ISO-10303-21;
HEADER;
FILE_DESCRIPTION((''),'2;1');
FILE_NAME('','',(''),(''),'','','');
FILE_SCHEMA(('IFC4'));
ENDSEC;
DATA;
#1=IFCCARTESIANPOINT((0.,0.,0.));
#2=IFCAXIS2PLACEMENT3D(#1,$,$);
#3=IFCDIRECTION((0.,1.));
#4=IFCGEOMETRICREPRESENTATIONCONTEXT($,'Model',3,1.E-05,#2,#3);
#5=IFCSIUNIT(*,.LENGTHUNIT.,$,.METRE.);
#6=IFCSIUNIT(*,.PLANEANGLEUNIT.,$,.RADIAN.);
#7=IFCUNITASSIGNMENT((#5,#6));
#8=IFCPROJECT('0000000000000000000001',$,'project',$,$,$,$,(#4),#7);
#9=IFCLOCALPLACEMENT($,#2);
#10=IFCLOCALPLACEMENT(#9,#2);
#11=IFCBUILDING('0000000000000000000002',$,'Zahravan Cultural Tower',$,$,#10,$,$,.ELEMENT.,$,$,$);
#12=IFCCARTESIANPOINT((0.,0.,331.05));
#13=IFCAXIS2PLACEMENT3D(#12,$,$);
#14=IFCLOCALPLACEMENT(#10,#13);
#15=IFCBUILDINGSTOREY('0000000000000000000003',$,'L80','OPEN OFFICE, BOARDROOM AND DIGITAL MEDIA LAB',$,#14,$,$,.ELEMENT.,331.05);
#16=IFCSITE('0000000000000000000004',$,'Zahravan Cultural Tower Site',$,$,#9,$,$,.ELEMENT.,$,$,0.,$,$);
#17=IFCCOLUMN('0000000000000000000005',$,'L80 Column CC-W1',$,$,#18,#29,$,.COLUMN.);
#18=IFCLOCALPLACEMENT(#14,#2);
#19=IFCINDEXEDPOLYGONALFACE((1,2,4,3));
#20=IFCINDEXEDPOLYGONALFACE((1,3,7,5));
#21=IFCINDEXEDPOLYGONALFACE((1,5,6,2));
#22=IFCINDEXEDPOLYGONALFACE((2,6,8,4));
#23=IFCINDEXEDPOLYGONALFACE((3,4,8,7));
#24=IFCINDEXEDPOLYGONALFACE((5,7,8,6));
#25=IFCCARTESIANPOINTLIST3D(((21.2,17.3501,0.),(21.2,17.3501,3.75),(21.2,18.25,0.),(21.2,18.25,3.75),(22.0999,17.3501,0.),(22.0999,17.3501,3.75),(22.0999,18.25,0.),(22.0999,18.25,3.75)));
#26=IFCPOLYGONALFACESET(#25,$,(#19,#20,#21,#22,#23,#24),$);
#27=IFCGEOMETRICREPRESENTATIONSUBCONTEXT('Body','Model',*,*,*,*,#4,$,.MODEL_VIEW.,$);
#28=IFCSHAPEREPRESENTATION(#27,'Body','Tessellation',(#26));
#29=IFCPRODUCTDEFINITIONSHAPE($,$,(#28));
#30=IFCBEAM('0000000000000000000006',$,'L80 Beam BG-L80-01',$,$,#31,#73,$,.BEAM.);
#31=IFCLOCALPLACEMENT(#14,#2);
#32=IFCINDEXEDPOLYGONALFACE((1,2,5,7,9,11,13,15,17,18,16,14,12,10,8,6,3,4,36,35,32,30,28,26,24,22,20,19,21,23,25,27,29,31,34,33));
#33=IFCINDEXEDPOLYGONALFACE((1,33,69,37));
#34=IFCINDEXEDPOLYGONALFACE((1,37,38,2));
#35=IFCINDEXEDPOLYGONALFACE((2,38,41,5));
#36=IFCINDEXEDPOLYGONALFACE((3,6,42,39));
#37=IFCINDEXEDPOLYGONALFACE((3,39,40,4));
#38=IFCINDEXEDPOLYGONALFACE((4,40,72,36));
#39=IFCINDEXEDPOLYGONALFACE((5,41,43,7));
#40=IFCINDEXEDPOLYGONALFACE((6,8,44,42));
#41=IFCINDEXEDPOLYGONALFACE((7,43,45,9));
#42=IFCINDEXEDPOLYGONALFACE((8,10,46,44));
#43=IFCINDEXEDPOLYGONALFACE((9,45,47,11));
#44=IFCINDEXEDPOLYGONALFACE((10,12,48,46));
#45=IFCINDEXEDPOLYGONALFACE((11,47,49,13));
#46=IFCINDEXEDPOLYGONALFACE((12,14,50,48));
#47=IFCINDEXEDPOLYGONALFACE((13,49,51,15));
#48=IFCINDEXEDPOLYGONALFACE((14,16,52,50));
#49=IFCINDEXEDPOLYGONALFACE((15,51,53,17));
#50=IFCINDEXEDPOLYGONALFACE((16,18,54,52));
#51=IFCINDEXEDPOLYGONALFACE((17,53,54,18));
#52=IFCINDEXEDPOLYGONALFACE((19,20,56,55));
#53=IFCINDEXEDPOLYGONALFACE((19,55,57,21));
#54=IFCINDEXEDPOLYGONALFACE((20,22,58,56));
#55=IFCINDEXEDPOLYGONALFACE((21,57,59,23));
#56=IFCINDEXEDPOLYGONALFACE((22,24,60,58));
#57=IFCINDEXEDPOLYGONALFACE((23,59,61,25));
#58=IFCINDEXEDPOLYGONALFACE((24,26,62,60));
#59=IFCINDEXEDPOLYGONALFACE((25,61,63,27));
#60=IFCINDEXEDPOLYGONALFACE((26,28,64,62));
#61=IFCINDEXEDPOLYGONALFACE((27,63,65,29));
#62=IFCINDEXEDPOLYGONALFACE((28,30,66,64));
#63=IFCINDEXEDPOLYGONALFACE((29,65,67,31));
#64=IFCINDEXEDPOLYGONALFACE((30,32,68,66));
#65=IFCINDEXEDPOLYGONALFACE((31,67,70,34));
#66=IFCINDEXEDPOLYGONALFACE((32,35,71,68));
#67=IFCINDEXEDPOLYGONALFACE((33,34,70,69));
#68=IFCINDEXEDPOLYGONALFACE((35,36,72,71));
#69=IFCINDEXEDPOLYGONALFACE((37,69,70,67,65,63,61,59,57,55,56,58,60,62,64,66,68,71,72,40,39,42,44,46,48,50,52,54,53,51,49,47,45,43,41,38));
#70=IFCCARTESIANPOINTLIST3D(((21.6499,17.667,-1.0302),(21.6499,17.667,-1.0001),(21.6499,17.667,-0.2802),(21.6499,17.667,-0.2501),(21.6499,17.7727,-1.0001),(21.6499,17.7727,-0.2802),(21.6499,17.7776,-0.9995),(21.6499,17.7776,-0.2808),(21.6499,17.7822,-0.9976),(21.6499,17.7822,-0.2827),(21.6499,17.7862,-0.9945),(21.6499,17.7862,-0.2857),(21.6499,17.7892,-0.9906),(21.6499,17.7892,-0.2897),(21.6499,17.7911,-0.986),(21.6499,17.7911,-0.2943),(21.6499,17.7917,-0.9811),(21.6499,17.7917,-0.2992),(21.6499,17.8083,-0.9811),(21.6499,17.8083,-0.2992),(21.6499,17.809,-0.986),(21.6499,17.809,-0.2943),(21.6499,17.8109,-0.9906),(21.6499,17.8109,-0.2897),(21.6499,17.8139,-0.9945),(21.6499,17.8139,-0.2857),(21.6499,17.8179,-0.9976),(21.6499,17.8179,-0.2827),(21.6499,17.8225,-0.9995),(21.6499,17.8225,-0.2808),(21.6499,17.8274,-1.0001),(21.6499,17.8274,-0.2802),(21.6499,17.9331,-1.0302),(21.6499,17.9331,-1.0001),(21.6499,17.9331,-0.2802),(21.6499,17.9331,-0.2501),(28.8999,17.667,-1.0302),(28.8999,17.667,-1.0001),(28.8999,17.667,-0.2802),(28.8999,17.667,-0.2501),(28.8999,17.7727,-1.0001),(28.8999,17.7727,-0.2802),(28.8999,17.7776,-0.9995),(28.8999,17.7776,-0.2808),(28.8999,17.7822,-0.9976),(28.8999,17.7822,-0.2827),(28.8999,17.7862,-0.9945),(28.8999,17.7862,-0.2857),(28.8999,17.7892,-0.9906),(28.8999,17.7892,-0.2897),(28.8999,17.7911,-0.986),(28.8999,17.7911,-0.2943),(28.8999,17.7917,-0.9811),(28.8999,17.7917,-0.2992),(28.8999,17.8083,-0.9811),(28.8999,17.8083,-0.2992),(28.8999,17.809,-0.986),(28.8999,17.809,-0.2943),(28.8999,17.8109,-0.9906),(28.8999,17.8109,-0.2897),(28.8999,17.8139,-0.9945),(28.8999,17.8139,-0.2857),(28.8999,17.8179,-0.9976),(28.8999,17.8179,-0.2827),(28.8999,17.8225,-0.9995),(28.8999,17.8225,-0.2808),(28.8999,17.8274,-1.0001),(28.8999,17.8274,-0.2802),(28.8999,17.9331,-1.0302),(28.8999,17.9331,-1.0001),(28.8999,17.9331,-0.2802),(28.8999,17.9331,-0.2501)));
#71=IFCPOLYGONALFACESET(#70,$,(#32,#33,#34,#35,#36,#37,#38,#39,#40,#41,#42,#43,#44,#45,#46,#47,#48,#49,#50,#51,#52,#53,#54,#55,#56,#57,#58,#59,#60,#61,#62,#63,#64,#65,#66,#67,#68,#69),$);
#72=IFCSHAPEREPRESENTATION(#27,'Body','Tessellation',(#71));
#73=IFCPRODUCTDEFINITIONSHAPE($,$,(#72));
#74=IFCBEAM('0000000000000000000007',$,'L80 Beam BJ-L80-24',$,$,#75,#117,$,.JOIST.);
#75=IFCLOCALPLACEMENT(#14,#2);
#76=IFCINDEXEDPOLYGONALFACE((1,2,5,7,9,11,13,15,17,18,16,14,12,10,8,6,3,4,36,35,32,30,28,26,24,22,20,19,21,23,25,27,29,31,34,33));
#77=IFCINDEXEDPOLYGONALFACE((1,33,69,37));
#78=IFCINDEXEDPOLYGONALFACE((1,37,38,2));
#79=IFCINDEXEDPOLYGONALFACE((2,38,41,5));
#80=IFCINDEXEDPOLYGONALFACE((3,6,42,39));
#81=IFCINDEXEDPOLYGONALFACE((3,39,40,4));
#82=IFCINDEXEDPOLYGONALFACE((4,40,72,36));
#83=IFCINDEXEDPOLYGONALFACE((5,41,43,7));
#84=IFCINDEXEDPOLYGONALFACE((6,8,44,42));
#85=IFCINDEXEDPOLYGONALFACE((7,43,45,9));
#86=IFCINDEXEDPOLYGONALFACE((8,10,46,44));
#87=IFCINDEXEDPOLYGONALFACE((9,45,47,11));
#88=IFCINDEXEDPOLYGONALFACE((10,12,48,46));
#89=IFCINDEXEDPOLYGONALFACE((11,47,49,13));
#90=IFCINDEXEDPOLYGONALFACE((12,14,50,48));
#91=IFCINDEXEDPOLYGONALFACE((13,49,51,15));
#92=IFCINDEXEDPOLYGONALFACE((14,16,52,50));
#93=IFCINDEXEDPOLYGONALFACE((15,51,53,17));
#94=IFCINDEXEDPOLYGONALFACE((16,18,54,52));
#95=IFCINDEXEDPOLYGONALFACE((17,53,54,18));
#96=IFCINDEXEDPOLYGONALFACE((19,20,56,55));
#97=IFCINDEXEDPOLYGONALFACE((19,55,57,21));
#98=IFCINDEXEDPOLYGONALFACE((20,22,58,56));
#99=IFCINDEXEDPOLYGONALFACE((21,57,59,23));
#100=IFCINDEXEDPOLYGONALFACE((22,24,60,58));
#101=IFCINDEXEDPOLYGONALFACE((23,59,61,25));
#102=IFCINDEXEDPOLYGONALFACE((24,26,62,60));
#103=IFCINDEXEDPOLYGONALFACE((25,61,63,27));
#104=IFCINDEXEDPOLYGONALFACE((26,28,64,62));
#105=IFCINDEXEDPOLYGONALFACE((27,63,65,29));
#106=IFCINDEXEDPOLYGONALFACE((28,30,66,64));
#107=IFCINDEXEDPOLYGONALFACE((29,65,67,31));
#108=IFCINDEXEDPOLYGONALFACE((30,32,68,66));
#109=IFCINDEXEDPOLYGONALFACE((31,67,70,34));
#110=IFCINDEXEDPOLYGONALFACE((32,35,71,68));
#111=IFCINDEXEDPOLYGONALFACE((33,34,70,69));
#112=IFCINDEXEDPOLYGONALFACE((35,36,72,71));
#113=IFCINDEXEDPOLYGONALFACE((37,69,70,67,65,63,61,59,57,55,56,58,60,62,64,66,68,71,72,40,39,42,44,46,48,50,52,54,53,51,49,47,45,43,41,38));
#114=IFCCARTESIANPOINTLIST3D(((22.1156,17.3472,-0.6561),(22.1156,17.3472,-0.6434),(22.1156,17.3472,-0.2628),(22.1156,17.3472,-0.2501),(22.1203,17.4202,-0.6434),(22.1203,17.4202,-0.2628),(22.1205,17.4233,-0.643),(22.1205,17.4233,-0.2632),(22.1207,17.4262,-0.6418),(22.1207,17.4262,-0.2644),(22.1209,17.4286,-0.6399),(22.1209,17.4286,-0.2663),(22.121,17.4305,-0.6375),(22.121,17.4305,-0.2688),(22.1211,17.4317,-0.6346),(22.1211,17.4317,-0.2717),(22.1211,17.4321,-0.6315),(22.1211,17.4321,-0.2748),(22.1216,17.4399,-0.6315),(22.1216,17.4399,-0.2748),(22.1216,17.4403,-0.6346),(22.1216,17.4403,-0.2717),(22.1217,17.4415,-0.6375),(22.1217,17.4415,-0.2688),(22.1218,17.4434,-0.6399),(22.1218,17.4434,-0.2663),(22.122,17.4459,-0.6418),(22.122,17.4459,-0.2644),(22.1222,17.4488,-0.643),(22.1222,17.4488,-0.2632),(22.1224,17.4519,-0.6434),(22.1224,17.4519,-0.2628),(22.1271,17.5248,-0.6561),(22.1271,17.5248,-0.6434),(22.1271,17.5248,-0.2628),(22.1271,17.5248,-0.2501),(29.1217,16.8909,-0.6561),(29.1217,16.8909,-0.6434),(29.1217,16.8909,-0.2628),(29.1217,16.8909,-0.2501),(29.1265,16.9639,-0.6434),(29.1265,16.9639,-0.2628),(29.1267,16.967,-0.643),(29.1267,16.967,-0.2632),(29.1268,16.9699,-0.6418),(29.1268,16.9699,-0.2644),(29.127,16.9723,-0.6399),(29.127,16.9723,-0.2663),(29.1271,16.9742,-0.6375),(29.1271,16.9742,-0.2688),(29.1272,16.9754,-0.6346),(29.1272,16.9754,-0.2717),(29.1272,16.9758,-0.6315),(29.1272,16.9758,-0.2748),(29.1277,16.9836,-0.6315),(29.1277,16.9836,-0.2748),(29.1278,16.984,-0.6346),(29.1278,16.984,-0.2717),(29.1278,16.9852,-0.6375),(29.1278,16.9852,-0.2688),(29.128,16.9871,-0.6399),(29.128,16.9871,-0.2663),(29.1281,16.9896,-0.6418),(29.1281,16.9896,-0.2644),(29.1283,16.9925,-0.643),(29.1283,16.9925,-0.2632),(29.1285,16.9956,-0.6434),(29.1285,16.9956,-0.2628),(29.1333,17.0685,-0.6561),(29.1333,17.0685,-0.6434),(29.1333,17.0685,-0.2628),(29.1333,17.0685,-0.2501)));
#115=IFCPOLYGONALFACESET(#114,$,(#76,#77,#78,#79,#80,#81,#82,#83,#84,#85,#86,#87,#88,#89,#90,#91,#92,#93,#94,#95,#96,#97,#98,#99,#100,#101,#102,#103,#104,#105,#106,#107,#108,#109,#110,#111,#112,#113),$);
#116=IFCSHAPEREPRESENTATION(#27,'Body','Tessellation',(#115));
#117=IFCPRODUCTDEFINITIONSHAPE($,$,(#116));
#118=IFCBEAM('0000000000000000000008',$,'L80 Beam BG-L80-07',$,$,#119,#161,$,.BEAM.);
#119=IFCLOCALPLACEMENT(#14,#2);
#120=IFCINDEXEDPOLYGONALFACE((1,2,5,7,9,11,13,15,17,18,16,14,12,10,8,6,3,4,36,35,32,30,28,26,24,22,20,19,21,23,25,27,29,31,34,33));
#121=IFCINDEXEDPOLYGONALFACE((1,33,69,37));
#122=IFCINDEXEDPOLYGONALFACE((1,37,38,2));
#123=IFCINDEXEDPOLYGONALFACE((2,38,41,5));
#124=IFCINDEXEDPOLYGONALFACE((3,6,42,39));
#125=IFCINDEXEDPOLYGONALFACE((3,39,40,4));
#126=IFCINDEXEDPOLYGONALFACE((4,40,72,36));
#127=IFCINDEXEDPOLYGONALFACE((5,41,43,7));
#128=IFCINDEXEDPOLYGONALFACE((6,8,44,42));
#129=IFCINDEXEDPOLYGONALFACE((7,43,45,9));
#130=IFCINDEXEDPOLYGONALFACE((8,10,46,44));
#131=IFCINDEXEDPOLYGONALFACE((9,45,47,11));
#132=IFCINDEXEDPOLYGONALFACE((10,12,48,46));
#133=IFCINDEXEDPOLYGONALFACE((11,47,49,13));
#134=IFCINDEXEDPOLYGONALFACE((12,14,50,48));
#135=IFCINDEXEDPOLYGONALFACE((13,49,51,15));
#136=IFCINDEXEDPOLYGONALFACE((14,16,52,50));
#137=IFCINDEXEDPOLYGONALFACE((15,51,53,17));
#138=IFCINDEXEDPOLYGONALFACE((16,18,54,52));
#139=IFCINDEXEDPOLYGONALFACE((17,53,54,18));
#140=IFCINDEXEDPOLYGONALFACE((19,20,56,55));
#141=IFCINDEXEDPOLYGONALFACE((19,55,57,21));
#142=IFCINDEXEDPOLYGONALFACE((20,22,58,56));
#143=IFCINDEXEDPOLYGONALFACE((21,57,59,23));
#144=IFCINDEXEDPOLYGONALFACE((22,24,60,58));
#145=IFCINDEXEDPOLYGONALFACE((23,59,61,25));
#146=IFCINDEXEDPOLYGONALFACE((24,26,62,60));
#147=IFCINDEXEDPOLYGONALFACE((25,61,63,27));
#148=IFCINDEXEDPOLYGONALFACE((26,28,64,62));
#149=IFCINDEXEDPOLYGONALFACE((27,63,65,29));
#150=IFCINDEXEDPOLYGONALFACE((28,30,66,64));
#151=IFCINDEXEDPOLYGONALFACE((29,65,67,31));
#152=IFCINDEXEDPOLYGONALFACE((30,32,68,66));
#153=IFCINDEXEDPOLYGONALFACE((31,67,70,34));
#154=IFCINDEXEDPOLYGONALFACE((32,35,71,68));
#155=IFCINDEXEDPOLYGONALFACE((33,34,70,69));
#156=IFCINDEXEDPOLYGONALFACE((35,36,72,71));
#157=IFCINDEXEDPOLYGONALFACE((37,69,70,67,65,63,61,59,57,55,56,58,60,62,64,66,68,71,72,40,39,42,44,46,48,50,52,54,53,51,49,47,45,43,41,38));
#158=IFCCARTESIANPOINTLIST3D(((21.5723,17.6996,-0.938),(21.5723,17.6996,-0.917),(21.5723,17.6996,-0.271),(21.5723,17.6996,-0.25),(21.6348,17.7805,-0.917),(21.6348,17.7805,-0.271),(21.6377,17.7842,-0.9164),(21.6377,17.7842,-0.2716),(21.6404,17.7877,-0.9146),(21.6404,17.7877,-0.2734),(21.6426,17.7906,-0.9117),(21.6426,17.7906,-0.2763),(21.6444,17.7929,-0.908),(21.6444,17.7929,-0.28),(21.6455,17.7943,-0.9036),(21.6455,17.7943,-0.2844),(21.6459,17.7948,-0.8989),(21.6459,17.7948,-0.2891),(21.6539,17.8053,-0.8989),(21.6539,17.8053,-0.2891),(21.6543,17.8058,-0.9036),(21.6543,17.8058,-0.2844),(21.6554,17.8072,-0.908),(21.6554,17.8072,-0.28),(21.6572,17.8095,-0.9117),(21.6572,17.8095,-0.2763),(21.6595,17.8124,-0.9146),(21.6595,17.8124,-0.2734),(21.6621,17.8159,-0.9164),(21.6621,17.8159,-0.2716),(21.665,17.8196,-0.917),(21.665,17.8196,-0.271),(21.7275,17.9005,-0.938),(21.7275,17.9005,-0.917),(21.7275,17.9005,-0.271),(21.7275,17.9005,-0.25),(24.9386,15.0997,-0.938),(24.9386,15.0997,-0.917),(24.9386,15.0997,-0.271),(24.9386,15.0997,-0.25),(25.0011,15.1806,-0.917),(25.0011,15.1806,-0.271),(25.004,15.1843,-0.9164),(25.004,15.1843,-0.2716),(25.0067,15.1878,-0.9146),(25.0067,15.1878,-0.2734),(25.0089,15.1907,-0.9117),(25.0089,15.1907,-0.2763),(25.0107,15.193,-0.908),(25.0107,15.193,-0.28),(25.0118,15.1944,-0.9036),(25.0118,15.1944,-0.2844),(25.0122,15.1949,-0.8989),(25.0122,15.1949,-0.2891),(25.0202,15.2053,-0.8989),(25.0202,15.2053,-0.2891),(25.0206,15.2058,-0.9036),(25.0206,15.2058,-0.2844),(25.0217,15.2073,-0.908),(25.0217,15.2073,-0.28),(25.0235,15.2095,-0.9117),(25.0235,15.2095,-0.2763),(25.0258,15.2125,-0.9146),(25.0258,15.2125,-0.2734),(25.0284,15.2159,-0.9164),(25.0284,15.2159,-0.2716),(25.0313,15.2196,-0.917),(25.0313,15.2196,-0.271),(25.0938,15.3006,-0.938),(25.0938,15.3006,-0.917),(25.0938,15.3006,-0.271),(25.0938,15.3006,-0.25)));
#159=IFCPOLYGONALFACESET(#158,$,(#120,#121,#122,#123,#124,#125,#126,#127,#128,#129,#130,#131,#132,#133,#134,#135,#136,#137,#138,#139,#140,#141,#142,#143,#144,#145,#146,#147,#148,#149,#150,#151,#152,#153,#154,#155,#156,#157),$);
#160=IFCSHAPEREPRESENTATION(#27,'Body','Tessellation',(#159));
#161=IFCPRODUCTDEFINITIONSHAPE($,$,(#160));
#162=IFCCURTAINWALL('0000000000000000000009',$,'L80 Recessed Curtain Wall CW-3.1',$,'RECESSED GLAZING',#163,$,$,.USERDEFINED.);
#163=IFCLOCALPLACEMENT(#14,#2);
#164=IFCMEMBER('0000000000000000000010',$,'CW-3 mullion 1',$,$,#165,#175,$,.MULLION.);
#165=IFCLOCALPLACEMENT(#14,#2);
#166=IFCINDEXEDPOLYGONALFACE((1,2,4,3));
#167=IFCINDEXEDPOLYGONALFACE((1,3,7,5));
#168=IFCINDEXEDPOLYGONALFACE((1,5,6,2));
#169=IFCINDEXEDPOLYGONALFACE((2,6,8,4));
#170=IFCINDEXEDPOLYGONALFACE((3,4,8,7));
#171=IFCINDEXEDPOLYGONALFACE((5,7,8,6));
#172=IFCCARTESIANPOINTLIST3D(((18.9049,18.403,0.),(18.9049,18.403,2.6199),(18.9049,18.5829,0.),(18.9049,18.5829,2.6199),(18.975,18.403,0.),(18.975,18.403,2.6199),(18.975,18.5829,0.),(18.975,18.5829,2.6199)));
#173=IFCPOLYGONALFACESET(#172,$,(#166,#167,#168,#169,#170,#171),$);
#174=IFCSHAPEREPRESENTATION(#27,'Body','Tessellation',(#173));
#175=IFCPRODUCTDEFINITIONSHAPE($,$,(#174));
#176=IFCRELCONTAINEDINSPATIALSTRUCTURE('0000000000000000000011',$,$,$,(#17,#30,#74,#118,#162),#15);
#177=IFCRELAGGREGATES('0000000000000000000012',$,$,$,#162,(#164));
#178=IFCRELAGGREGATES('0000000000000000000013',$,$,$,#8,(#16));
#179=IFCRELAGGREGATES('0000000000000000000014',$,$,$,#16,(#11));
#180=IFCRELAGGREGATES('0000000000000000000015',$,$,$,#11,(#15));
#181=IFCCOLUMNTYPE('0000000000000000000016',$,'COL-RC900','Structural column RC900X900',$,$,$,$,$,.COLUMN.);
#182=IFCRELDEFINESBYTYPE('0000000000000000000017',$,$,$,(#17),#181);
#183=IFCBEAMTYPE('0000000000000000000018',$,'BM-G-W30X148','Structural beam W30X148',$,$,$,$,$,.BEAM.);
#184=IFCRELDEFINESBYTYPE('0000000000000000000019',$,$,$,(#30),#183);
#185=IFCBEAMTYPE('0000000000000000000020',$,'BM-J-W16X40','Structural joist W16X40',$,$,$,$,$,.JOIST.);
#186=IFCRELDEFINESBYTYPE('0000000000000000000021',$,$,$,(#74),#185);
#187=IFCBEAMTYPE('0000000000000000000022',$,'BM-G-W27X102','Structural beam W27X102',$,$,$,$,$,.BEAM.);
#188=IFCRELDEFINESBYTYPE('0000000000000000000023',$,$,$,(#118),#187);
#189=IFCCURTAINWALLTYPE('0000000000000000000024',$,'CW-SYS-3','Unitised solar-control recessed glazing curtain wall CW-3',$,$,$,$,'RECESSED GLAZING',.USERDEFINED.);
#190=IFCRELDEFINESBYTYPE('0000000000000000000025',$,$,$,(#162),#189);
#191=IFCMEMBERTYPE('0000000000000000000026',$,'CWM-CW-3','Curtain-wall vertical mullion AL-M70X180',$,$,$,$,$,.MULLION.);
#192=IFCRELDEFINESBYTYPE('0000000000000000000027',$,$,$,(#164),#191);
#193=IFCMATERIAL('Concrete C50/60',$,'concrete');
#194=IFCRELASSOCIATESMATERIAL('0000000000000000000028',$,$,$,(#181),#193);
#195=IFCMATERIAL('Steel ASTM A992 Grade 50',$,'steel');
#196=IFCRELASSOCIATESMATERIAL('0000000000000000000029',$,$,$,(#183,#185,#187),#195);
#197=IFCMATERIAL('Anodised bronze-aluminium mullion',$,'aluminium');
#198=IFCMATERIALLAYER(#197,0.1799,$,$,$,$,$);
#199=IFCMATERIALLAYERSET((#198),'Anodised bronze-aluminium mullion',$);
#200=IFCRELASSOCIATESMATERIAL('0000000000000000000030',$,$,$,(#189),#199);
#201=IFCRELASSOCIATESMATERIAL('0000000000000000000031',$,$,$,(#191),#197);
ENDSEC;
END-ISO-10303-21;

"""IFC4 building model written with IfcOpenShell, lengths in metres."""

from ifc_helpers import new_model, si_unit, direction, frame, origin, origin_2d, place, context, subcontext, project, spatial, rectangle, i_section, extrude, source, transform, mapped, material, layer, layer_set, material_profile, profile_set, type_object, element, aggregate, save


model = new_model("IFC4")

# Units and contexts
model_context = context("Model", 3, precision=1e-05, world=origin(), true_north=direction((0.0, 1.0)))
body_context = subcontext(model_context, "Body", "Model", "MODEL_VIEW")
ifc_project = project(units=[si_unit("LENGTHUNIT", "METRE"), si_unit("PLANEANGLEUNIT", "RADIAN")], contexts=[model_context])

# Site, building, storey
site_placement = place(None, origin())
site = spatial("IfcSite", under=ifc_project, at=site_placement, Name="Zahravan Cultural Tower Site", CompositionType="ELEMENT", RefElevation=0.0)
building_placement = place(site_placement, origin())
building = spatial("IfcBuilding", under=site, at=building_placement, Name="Zahravan Cultural Tower", CompositionType="ELEMENT")
storey_placement = place(building_placement, frame((0.0, 0.0, 331.05)))
storey = spatial("IfcBuildingStorey", under=building, at=storey_placement, Name="L80", Description="OPEN OFFICE, BOARDROOM AND DIGITAL MEDIA LAB", CompositionType="ELEMENT", Elevation=331.05)

# Column
ifc_material_1 = material(Name="Concrete C50/60", Category="concrete")
ifc_material_profile_1 = material_profile(ifc_material_1, rectangle(XDim=0.8999, YDim=0.8999, at=origin_2d()), Name="RC900X900")
ifc_profile_set_1 = profile_set([ifc_material_profile_1], Name="Concrete C50/60")
column_type = type_object("IfcColumnType", Name="COL-RC900", Description="Structural column RC900X900", PredefinedType="COLUMN", material=ifc_profile_set_1)
shared_shape_1 = source(origin(), body_context, "Body", "SweptSolid", [
    extrude(rectangle(XDim=0.8999, YDim=0.8999, at=origin_2d()), origin(), (0.0, 0.0, 1.0), 3.75),
])
column_placement = place(storey_placement, frame((21.6499, 17.8, 0.0), z_axis=(0.0, 0.0, 1.0), x_axis=(1.0, 0.0, 0.0)))
element("IfcColumn", 1, at=column_placement, inside=storey, type_object=column_type, Name="L80 Column CC-W1", PredefinedType="COLUMN", context=body_context, shape_type="MappedRepresentation", body=[
    mapped(shared_shape_1, transform((0.0, 0.0, 0.0), x_axis=(1.0, 0.0, 0.0), y_axis=(0.0, 1.0, 0.0), z_axis=(0.0, 0.0, 1.0), scale=1.0)),
])

# Beams
ifc_material_2 = material(Name="Steel ASTM A992 Grade 50", Category="steel")
ifc_material_profile_2 = material_profile(ifc_material_2, i_section(OverallWidth=0.2661, OverallDepth=0.78, WebThickness=0.0166, FlangeThickness=0.03, FilletRadius=0.019, at=origin_2d()), Name="W30X148")
ifc_profile_set_2 = profile_set([ifc_material_profile_2], Name="Steel ASTM A992 Grade 50")
beam_type_1 = type_object("IfcBeamType", Name="BM-G-W30X148", Description="Structural beam W30X148", PredefinedType="BEAM", material=ifc_profile_set_2)
shared_shape_2 = source(origin(), body_context, "Body", "SweptSolid", [
    extrude(i_section(OverallWidth=0.2661, OverallDepth=0.78, WebThickness=0.0166, FlangeThickness=0.03, FilletRadius=0.019, at=origin_2d()), origin(), (0.0, 0.0, 1.0), 7.25),
])
beam_1_placement = place(storey_placement, frame((21.6499, 17.8, -0.6401), z_axis=(1.0, 0.0, 0.0), x_axis=(0.0, 1.0, 0.0)))
element("IfcBeam", 2, at=beam_1_placement, inside=storey, type_object=beam_type_1, Name="L80 Beam BG-L80-01", PredefinedType="BEAM", context=body_context, shape_type="MappedRepresentation", body=[
    mapped(shared_shape_2, transform((0.0, 0.0, 0.0), x_axis=(1.0, 0.0, 0.0), y_axis=(0.0, 1.0, 0.0), z_axis=(0.0, 0.0, 1.0), scale=1.0)),
])
ifc_material_profile_3 = material_profile(ifc_material_2, i_section(OverallWidth=0.178, OverallDepth=0.406, WebThickness=0.0078, FlangeThickness=0.0127, FilletRadius=0.012, at=origin_2d()), Name="W16X40")
ifc_profile_set_3 = profile_set([ifc_material_profile_3], Name="Steel ASTM A992 Grade 50")
beam_type_2 = type_object("IfcBeamType", Name="BM-J-W16X40", Description="Structural joist W16X40", PredefinedType="JOIST", material=ifc_profile_set_3)
shared_shape_3 = source(origin(), body_context, "Body", "SweptSolid", [
    extrude(i_section(OverallWidth=0.178, OverallDepth=0.406, WebThickness=0.0078, FlangeThickness=0.0127, FilletRadius=0.012, at=origin_2d()), origin(), (0.0, 0.0, 1.0), 7.021),
])
beam_2_placement = place(storey_placement, frame((22.1213, 17.436, -0.4531), z_axis=(0.997886, -0.064991, 0.0), x_axis=(0.064991, 0.997886, 0.0)))
element("IfcBeam", 3, at=beam_2_placement, inside=storey, type_object=beam_type_2, Name="L80 Beam BJ-L80-24", PredefinedType="JOIST", context=body_context, shape_type="MappedRepresentation", body=[
    mapped(shared_shape_3, transform((0.0, 0.0, 0.0), x_axis=(1.0, 0.0, 0.0), y_axis=(0.0, 1.0, 0.0), z_axis=(0.0, 0.0, 1.0), scale=1.0)),
])
ifc_material_profile_4 = material_profile(ifc_material_2, i_section(OverallWidth=0.2539, OverallDepth=0.688, WebThickness=0.0132, FlangeThickness=0.021, FilletRadius=0.0181, at=origin_2d()), Name="W27X102")
ifc_profile_set_4 = profile_set([ifc_material_profile_4], Name="Steel ASTM A992 Grade 50")
beam_type_3 = type_object("IfcBeamType", Name="BM-G-W27X102", Description="Structural beam W27X102", PredefinedType="BEAM", material=ifc_profile_set_4)
shared_shape_4 = source(origin(), body_context, "Body", "SweptSolid", [
    extrude(i_section(OverallWidth=0.2539, OverallDepth=0.688, WebThickness=0.0132, FlangeThickness=0.021, FilletRadius=0.0181, at=origin_2d()), origin(), (0.0, 0.0, 1.0), 4.2534),
])
beam_3_placement = place(storey_placement, frame((21.6499, 17.8, -0.594), z_axis=(0.791434, -0.611255, 0.0), x_axis=(0.611255, 0.791434, 0.0)))
element("IfcBeam", 4, at=beam_3_placement, inside=storey, type_object=beam_type_3, Name="L80 Beam BG-L80-07", PredefinedType="BEAM", context=body_context, shape_type="MappedRepresentation", body=[
    mapped(shared_shape_4, transform((0.0, 0.0, 0.0), x_axis=(1.0, 0.0, 0.0), y_axis=(0.0, 1.0, 0.0), z_axis=(0.0, 0.0, 1.0), scale=1.0)),
])

# Curtain wall, member
ifc_material_3 = material(Name="Anodised bronze-aluminium mullion", Category="aluminium")
ifc_layer_1 = layer(ifc_material_3, 0.1799)
ifc_layer_set_1 = layer_set([ifc_layer_1], Name="Anodised bronze-aluminium mullion")
curtain_wall_type = type_object("IfcCurtainWallType", Name="CW-SYS-3", Description="Unitised solar-control recessed glazing curtain wall CW-3", ElementType="RECESSED GLAZING", PredefinedType="USERDEFINED", material=ifc_layer_set_1)
curtain_wall_placement = place(storey_placement, origin())
curtain_wall = element("IfcCurtainWall", 5, at=curtain_wall_placement, inside=storey, type_object=curtain_wall_type, Name="L80 Recessed Curtain Wall CW-3.1", ObjectType="RECESSED GLAZING", PredefinedType="USERDEFINED")
ifc_material_profile_5 = material_profile(ifc_material_3, rectangle(XDim=0.0701, YDim=0.1799, at=origin_2d()), Name="AL-M70X180")
ifc_profile_set_5 = profile_set([ifc_material_profile_5], Name="Anodised bronze-aluminium mullion")
member_type_1 = type_object("IfcMemberType", Name="CWM-CW-3", Description="Curtain-wall vertical mullion AL-M70X180", PredefinedType="MULLION", material=ifc_profile_set_5)
shared_shape_5 = source(origin(), body_context, "Body", "SweptSolid", [
    extrude(rectangle(XDim=0.0701, YDim=0.1799, at=origin_2d()), origin(), (0.0, 0.0, 1.0), 2.6199),
])
member_1_placement = place(storey_placement, frame((18.9399, 18.4929, 0.0), z_axis=(0.0, 0.0, 1.0), x_axis=(-1.0, 0.0, 0.0)))
member_1 = element("IfcMember", 6, at=member_1_placement, type_object=member_type_1, Name="CW-3 mullion 1", PredefinedType="MULLION", context=body_context, shape_type="MappedRepresentation", body=[
    mapped(shared_shape_5, transform((0.0, 0.0, 0.0), x_axis=(1.0, 0.0, 0.0), y_axis=(0.0, 1.0, 0.0), z_axis=(0.0, 0.0, 1.0), scale=1.0)),
])
aggregate(curtain_wall, [member_1])

save(model, "model.ifc")
